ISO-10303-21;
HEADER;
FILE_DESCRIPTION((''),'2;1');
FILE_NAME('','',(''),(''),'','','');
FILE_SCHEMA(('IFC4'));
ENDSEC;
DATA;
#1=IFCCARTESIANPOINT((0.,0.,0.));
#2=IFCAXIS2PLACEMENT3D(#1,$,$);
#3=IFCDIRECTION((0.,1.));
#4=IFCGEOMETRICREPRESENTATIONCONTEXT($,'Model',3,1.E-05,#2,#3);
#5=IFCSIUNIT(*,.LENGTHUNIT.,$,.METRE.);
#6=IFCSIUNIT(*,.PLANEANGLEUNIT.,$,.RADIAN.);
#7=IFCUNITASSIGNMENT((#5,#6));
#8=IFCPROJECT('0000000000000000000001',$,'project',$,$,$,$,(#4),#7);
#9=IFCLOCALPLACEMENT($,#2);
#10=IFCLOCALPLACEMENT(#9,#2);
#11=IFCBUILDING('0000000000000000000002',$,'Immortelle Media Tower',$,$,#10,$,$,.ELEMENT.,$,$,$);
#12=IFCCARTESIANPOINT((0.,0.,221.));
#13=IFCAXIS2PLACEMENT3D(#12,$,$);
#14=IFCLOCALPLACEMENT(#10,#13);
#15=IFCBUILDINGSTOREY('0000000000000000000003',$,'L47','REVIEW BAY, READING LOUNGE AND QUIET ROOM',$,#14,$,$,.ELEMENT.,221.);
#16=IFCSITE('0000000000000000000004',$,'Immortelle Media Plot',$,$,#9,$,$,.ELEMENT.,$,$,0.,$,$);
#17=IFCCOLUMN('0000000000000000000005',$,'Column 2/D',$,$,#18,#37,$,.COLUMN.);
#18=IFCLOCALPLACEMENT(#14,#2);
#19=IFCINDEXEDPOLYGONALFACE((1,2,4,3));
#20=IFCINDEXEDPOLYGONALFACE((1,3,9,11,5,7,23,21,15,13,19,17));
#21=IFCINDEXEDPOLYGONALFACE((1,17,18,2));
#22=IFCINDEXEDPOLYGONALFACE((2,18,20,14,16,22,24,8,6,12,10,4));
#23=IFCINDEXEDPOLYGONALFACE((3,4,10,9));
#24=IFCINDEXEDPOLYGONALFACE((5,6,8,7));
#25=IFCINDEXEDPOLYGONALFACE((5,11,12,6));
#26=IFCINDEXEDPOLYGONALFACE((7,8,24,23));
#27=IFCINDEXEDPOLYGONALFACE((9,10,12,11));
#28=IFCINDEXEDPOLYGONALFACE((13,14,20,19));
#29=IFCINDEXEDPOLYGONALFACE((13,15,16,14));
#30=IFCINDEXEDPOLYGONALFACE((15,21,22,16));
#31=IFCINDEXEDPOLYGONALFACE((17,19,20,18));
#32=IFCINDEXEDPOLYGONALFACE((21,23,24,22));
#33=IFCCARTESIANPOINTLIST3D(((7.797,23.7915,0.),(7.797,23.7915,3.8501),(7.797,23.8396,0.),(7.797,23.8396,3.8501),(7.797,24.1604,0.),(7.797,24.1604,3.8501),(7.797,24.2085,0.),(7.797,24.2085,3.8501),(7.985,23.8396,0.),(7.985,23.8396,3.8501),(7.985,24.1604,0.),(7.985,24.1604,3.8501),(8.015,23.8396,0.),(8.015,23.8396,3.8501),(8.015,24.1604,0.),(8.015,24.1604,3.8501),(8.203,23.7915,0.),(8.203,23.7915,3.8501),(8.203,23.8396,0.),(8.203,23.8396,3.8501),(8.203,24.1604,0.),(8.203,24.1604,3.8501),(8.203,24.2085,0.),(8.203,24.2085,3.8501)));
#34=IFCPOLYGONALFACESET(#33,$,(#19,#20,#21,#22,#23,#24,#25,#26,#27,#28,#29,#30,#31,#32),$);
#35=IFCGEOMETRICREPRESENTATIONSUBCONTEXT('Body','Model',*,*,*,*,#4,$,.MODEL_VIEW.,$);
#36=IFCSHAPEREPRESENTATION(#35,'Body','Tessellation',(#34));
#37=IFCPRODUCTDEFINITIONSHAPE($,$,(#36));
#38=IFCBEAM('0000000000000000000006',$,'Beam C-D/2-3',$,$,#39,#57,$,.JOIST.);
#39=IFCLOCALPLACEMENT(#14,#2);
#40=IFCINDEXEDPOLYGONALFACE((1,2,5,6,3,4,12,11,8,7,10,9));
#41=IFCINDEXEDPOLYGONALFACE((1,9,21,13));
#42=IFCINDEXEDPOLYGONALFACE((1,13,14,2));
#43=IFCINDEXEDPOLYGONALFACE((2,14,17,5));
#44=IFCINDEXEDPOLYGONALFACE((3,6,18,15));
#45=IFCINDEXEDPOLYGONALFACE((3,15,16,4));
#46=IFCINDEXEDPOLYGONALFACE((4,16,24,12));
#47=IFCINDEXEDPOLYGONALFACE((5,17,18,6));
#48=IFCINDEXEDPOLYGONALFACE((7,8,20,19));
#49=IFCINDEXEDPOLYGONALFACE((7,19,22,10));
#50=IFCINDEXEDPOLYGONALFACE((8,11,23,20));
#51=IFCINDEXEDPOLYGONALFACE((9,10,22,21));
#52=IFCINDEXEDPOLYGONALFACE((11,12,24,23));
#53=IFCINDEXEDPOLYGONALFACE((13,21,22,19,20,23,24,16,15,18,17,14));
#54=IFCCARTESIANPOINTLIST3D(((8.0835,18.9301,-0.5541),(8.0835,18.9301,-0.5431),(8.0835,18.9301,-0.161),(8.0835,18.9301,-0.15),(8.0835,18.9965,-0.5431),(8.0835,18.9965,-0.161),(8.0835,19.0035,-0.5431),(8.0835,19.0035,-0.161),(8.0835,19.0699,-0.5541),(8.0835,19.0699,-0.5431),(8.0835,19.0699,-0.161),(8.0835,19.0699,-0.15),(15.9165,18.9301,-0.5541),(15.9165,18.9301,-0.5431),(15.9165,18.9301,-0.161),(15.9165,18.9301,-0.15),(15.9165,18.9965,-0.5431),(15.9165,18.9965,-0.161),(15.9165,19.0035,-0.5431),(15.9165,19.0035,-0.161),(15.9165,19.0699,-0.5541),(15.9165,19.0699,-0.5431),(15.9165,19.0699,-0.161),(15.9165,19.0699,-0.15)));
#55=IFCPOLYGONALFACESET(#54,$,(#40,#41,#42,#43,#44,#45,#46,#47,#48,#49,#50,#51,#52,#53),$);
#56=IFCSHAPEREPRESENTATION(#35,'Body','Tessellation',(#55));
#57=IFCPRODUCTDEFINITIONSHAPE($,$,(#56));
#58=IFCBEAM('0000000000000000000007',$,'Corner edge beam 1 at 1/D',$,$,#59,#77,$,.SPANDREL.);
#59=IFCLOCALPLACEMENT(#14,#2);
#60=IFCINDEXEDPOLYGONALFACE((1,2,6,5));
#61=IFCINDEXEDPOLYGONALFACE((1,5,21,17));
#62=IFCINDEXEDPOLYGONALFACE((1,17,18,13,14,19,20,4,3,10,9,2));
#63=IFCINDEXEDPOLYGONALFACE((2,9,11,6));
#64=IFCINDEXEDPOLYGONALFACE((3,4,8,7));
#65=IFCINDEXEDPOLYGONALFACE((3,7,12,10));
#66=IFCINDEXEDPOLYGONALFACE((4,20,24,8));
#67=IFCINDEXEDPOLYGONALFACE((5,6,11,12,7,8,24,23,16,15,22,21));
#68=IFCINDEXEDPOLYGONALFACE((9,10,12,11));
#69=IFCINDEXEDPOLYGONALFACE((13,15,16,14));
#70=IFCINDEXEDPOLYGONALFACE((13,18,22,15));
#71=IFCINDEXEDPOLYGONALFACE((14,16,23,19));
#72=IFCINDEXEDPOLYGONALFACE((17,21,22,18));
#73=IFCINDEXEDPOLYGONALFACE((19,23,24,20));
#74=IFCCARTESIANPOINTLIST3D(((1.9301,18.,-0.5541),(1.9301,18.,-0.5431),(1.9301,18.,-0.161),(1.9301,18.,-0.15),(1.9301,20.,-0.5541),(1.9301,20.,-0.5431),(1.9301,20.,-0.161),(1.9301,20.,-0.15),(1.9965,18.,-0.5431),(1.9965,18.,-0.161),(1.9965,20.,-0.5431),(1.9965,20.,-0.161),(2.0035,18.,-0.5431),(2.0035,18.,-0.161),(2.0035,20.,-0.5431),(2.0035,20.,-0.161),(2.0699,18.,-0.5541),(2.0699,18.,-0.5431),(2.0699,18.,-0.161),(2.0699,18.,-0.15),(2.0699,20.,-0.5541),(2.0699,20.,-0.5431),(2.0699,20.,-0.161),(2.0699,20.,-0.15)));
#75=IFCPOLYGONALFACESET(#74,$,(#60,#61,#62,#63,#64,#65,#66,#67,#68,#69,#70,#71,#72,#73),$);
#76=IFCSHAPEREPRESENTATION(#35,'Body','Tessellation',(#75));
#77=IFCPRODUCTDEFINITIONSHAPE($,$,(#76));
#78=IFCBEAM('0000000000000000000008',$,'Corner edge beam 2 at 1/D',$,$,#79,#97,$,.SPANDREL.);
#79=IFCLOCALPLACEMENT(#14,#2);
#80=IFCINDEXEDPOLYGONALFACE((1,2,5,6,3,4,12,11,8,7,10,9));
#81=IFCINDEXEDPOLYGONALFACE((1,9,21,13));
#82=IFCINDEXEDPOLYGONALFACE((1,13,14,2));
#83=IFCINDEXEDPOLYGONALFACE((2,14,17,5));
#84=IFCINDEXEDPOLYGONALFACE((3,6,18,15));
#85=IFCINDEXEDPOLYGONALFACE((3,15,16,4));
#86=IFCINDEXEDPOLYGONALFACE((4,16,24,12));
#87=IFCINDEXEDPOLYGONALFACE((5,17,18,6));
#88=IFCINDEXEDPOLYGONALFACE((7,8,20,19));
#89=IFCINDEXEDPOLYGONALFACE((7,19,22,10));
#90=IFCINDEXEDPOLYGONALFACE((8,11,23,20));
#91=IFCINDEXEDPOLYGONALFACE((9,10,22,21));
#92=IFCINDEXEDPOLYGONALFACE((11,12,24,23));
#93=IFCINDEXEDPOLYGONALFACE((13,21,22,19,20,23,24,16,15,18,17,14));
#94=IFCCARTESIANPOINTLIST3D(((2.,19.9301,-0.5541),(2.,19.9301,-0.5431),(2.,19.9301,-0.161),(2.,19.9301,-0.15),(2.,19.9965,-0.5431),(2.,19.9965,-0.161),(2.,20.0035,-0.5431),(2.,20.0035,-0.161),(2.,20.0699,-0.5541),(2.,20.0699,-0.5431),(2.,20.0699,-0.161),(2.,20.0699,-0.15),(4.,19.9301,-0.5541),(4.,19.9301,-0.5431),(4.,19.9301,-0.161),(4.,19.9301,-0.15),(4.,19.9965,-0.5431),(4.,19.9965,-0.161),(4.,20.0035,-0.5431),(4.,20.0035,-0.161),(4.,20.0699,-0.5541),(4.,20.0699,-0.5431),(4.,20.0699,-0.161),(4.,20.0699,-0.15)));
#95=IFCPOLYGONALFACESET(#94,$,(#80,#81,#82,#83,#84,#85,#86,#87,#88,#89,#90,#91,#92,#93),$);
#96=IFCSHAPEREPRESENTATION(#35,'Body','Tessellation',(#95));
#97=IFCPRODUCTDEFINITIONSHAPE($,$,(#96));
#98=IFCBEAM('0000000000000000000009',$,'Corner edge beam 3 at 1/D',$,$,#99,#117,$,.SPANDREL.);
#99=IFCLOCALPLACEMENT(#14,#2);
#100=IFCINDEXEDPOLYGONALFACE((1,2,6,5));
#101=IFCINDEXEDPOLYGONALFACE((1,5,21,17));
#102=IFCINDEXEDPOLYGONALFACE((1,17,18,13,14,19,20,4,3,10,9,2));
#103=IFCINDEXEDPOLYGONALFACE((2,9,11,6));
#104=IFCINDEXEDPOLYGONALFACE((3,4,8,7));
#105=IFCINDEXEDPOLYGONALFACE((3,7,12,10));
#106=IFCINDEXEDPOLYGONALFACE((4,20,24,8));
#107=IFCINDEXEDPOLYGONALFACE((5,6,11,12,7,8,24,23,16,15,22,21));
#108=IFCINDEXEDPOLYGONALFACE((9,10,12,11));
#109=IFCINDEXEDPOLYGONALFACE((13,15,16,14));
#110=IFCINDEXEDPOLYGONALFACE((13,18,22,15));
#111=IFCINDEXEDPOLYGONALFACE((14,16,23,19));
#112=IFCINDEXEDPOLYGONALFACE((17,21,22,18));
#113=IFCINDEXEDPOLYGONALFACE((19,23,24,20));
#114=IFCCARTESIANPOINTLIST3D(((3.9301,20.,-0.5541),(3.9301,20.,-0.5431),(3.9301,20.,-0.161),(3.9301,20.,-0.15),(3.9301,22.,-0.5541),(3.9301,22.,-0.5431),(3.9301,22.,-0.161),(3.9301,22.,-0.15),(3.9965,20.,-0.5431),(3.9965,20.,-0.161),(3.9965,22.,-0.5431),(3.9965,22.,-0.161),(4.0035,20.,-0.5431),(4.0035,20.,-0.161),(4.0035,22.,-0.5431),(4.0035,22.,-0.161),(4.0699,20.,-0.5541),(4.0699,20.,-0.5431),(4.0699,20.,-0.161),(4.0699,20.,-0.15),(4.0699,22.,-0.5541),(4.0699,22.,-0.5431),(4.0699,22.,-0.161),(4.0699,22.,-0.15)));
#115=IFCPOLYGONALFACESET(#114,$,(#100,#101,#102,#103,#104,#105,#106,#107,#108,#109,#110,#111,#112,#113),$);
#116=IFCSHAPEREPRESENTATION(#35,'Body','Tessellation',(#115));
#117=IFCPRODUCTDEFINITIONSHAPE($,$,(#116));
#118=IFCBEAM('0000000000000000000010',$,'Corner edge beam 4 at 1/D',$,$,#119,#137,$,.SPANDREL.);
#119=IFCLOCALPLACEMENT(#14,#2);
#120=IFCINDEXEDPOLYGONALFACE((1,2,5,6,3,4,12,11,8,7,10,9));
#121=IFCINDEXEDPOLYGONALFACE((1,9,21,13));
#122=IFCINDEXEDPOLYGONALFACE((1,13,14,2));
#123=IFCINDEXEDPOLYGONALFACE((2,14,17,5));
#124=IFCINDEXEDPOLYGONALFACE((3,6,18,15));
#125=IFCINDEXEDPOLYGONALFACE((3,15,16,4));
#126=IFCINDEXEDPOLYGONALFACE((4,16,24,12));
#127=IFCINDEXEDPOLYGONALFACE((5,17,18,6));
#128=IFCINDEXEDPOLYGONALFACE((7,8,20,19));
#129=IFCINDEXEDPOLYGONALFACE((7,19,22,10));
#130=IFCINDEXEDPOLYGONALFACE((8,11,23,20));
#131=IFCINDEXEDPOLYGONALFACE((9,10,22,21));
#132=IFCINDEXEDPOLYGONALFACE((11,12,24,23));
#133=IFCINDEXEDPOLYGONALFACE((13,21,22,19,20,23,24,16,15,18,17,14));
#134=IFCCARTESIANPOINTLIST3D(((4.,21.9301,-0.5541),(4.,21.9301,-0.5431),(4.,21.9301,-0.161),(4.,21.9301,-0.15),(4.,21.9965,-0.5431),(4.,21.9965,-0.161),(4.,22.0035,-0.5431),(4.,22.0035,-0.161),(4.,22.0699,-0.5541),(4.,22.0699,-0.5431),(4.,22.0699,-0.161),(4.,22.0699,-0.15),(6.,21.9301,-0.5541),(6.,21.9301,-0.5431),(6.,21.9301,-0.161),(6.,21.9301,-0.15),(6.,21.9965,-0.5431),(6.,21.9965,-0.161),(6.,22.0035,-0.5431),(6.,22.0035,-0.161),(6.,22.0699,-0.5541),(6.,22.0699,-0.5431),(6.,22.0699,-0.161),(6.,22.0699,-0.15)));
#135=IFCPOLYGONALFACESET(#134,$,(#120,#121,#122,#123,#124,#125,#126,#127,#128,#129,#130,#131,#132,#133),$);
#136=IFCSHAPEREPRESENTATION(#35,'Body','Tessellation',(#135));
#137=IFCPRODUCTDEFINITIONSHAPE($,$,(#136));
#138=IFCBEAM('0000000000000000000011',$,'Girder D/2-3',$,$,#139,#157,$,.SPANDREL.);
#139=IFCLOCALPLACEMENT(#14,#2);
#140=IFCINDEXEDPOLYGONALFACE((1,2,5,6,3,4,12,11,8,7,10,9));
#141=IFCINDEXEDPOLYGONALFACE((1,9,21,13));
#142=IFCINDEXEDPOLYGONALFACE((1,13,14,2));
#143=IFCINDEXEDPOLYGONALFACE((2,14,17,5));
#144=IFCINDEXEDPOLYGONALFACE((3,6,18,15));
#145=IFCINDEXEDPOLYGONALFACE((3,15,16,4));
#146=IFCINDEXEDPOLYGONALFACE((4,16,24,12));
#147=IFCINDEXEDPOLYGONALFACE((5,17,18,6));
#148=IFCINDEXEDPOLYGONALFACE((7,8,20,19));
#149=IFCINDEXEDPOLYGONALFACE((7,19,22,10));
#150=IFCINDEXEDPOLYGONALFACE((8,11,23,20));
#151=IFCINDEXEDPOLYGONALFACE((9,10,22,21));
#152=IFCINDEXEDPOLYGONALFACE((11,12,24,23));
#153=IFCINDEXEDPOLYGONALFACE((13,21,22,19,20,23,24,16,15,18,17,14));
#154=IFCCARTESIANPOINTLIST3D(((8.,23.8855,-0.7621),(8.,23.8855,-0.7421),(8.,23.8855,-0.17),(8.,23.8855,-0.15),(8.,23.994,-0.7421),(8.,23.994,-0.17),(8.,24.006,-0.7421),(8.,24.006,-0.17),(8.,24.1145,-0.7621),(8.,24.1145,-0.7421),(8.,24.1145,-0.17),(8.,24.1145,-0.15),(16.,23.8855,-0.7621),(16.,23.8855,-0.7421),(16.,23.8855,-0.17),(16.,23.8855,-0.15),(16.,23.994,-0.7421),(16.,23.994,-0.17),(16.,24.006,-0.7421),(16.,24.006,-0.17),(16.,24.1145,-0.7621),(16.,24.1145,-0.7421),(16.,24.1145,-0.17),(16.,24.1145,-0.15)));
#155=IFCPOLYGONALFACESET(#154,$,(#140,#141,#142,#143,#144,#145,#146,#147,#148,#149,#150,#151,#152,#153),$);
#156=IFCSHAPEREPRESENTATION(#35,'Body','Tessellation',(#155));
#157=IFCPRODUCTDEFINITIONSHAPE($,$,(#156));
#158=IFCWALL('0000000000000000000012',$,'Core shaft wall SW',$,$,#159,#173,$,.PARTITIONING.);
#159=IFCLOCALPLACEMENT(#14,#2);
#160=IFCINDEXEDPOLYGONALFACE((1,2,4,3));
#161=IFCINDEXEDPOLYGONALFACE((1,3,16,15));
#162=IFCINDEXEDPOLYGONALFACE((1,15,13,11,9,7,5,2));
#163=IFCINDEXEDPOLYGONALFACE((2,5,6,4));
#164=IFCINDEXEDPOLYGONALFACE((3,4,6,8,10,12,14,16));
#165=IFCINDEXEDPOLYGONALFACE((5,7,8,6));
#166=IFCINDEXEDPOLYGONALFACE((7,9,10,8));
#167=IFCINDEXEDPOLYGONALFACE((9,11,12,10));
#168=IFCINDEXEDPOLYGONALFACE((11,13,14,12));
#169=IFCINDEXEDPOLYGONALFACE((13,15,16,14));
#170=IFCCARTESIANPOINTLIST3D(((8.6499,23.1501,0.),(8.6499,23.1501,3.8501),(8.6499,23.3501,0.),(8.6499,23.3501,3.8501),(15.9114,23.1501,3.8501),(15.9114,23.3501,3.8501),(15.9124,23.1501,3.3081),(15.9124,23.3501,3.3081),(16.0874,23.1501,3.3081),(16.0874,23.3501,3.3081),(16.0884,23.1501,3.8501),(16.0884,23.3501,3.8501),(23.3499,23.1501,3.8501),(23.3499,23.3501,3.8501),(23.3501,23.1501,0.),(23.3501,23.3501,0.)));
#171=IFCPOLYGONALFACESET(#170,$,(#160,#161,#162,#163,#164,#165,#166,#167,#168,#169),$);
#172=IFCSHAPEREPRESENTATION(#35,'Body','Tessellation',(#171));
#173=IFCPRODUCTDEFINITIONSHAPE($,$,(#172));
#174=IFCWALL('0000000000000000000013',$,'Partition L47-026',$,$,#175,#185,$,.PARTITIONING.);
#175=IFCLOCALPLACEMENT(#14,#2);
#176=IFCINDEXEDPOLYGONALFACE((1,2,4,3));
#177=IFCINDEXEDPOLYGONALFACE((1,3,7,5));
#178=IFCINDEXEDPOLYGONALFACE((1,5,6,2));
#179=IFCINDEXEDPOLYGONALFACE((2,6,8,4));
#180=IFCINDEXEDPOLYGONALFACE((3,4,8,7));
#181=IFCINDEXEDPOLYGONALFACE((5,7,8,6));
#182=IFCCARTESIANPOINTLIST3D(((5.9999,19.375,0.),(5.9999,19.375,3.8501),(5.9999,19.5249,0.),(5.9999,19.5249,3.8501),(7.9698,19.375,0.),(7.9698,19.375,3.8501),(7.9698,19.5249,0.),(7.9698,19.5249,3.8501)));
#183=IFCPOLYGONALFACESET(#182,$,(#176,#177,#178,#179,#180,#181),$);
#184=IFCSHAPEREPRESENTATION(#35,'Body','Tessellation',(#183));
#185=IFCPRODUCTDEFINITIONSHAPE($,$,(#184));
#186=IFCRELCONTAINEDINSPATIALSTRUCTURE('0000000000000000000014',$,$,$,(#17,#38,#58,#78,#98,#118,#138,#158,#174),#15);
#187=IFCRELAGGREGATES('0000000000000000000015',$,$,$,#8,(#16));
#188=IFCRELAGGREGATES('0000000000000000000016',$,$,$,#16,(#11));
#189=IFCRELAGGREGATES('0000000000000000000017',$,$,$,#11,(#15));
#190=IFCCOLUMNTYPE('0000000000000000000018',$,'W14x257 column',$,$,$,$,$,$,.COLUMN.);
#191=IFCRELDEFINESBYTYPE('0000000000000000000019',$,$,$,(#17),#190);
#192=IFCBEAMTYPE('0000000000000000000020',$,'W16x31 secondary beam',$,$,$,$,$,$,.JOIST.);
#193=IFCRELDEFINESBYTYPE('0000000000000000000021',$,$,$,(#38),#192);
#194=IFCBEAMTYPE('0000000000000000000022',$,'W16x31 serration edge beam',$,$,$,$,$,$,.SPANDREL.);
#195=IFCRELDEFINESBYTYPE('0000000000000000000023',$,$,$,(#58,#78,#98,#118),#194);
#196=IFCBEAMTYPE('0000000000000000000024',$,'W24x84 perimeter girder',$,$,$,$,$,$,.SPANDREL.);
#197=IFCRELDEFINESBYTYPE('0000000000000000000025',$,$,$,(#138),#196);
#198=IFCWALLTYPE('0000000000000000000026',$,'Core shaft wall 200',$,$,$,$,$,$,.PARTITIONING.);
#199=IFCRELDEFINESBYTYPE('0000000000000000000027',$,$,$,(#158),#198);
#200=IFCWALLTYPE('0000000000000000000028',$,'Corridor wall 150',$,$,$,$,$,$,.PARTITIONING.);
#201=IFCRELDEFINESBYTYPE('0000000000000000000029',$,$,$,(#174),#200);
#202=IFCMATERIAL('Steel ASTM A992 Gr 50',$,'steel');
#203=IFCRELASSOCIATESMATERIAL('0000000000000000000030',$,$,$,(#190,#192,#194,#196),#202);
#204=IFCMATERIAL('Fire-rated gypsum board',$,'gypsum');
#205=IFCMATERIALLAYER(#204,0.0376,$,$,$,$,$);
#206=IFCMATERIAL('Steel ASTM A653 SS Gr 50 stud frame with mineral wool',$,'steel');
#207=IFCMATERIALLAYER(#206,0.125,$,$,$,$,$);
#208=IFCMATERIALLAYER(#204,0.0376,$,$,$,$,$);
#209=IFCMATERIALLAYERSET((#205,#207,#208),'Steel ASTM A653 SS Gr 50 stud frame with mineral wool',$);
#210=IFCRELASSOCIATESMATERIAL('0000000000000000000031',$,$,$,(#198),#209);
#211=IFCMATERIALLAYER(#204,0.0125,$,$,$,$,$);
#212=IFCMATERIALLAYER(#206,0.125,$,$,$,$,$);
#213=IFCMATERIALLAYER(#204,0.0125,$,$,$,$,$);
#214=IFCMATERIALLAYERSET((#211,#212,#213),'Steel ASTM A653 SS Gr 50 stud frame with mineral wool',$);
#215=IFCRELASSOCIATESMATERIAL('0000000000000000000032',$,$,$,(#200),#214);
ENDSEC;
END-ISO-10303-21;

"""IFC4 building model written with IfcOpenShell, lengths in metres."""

from ifc_helpers import new_model, si_unit, direction, frame, frame_2d, origin, origin_2d, place, context, subcontext, project, spatial, polyline, rectangle, i_section, outline, extrude, material, layer, layer_set, material_profile, profile_set, type_object, element, save


model = new_model("IFC4")

# Units and contexts
model_context = context("Model", 3, precision=1e-05, world=origin(), true_north=direction((0.0, 1.0)))
body_context = subcontext(model_context, "Body", "Model", "MODEL_VIEW")
ifc_project = project(units=[si_unit("LENGTHUNIT", "METRE"), si_unit("PLANEANGLEUNIT", "RADIAN")], contexts=[model_context])

# Site, building, storey
site_placement = place(None, origin())
site = spatial("IfcSite", under=ifc_project, at=site_placement, Name="Immortelle Media Plot", CompositionType="ELEMENT", RefElevation=0.0)
building_placement = place(site_placement, origin())
building = spatial("IfcBuilding", under=site, at=building_placement, Name="Immortelle Media Tower", CompositionType="ELEMENT")
storey_placement = place(building_placement, frame((0.0, 0.0, 221.0)))
storey = spatial("IfcBuildingStorey", under=building, at=storey_placement, Name="L47", Description="REVIEW BAY, READING LOUNGE AND QUIET ROOM", CompositionType="ELEMENT", Elevation=221.0)

# Column
ifc_material_1 = material(Name="Steel ASTM A992 Gr 50", Category="steel")
ifc_material_profile_1 = material_profile(ifc_material_1, i_section(OverallWidth=0.406, OverallDepth=0.417, WebThickness=0.03, FlangeThickness=0.0481, at=origin_2d()), Name="W14x257")
ifc_profile_set_1 = profile_set([ifc_material_profile_1], Name="Steel ASTM A992 Gr 50")
column_type = type_object("IfcColumnType", Name="W14x257 column", PredefinedType="COLUMN", material=ifc_profile_set_1)
column_placement = place(storey_placement, frame((8.0, 24.0, 0.0), z_axis=(0.0, 0.0, 1.0), x_axis=(1.0, 0.0, 0.0)))
element("IfcColumn", 1, at=column_placement, inside=storey, type_object=column_type, Name="Column 2/D", PredefinedType="COLUMN", context=body_context, shape_type="SweptSolid", body=[
    extrude(i_section(OverallWidth=0.406, OverallDepth=0.417, WebThickness=0.03, FlangeThickness=0.0481, at=origin_2d()), origin(), (0.0, 0.0, 1.0), 3.8501),
])

# Beams
ifc_material_profile_2 = material_profile(ifc_material_1, i_section(OverallWidth=0.1399, OverallDepth=0.4041, WebThickness=0.0071, FlangeThickness=0.011, at=origin_2d()), Name="W16x31")
ifc_profile_set_2 = profile_set([ifc_material_profile_2], Name="Steel ASTM A992 Gr 50")
beam_type_1 = type_object("IfcBeamType", Name="W16x31 secondary beam", PredefinedType="JOIST", material=ifc_profile_set_2)
beam_1_placement = place(storey_placement, frame((8.0835, 19.0, -0.3521), z_axis=(1.0, 0.0, 0.0), x_axis=(0.0, 1.0, 0.0)))
element("IfcBeam", 2, at=beam_1_placement, inside=storey, type_object=beam_type_1, Name="Beam C-D/2-3", PredefinedType="JOIST", context=body_context, shape_type="SweptSolid", body=[
    extrude(i_section(OverallWidth=0.1399, OverallDepth=0.4041, WebThickness=0.0071, FlangeThickness=0.011, at=origin_2d()), origin(), (0.0, 0.0, 1.0), 7.833),
])
ifc_material_profile_3 = material_profile(ifc_material_1, i_section(OverallWidth=0.1399, OverallDepth=0.4041, WebThickness=0.0071, FlangeThickness=0.011, at=origin_2d()), Name="W16x31")
ifc_profile_set_3 = profile_set([ifc_material_profile_3], Name="Steel ASTM A992 Gr 50")
beam_type_2 = type_object("IfcBeamType", Name="W16x31 serration edge beam", PredefinedType="SPANDREL", material=ifc_profile_set_3)
for number, where, z_axis, x_axis, name in (
    (3, (2.0, 18.0, -0.3521), (0.0, 1.0, 0.0), (-1.0, 0.0, 0.0), "Corner edge beam 1 at 1/D"),
    (4, (2.0, 20.0, -0.3521), (1.0, 0.0, 0.0), (0.0, 1.0, 0.0), "Corner edge beam 2 at 1/D"),
    (5, (4.0, 20.0, -0.3521), (0.0, 1.0, 0.0), (-1.0, 0.0, 0.0), "Corner edge beam 3 at 1/D"),
    (6, (4.0, 22.0, -0.3521), (1.0, 0.0, 0.0), (0.0, 1.0, 0.0), "Corner edge beam 4 at 1/D"),
):
    element("IfcBeam", number, at=place(storey_placement, frame(where, z_axis=z_axis, x_axis=x_axis)), inside=storey, type_object=beam_type_2, Name=name, PredefinedType="SPANDREL", context=body_context, shape_type="SweptSolid", body=[
        extrude(i_section(OverallWidth=0.1399, OverallDepth=0.4041, WebThickness=0.0071, FlangeThickness=0.011, at=origin_2d()), origin(), (0.0, 0.0, 1.0), 2.0),
    ])
ifc_material_profile_4 = material_profile(ifc_material_1, i_section(OverallWidth=0.229, OverallDepth=0.6121, WebThickness=0.012, FlangeThickness=0.02, at=origin_2d()), Name="W24x84")
ifc_profile_set_4 = profile_set([ifc_material_profile_4], Name="Steel ASTM A992 Gr 50")
beam_type_3 = type_object("IfcBeamType", Name="W24x84 perimeter girder", PredefinedType="SPANDREL", material=ifc_profile_set_4)
beam_2_placement = place(storey_placement, frame((8.0, 24.0, -0.4561), z_axis=(1.0, 0.0, 0.0), x_axis=(0.0, 1.0, 0.0)))
element("IfcBeam", 7, at=beam_2_placement, inside=storey, type_object=beam_type_3, Name="Girder D/2-3", PredefinedType="SPANDREL", context=body_context, shape_type="SweptSolid", body=[
    extrude(i_section(OverallWidth=0.229, OverallDepth=0.6121, WebThickness=0.012, FlangeThickness=0.02, at=origin_2d()), origin(), (0.0, 0.0, 1.0), 8.0),
])

# Walls
ifc_material_2 = material(Name="Fire-rated gypsum board", Category="gypsum")
ifc_layer_1 = layer(ifc_material_2, 0.0376)
ifc_material_3 = material(Name="Steel ASTM A653 SS Gr 50 stud frame with mineral wool", Category="steel")
ifc_layer_2 = layer(ifc_material_3, 0.125)
ifc_layer_3 = layer(ifc_material_2, 0.0376)
ifc_layer_set_1 = layer_set([ifc_layer_1, ifc_layer_2, ifc_layer_3], Name="Steel ASTM A653 SS Gr 50 stud frame with mineral wool")
wall_type_1 = type_object("IfcWallType", Name="Core shaft wall 200", PredefinedType="PARTITIONING", material=ifc_layer_set_1)
wall_1_placement = place(storey_placement, frame((8.6499, 23.25, 0.0), z_axis=(0.0, 0.0, 1.0), x_axis=(1.0, 0.0, 0.0)))
element("IfcWall", 8, at=wall_1_placement, inside=storey, type_object=wall_type_1, Name="Core shaft wall SW", PredefinedType="PARTITIONING", context=body_context, shape_type="SweptSolid", body=[
    extrude(outline(polyline([(0.0, 0.0), (14.7002, 0.0), (14.7, 3.8501), (7.4385, 3.8501), (7.4375, 3.3081), (7.2625, 3.3081), (7.2615, 3.8501), (0.0, 3.8501), (0.0, 0.0)])), frame((0.0, 0.1001, 0.0), z_axis=(0.0, -1.0, 0.0), x_axis=(1.0, 0.0, 0.0)), (0.0, 0.0, 1.0), 0.2),
])
ifc_layer_4 = layer(ifc_material_2, 0.0125)
ifc_layer_5 = layer(ifc_material_3, 0.125)
ifc_layer_6 = layer(ifc_material_2, 0.0125)
ifc_layer_set_2 = layer_set([ifc_layer_4, ifc_layer_5, ifc_layer_6], Name="Steel ASTM A653 SS Gr 50 stud frame with mineral wool")
wall_type_2 = type_object("IfcWallType", Name="Corridor wall 150", PredefinedType="PARTITIONING", material=ifc_layer_set_2)
wall_2_placement = place(storey_placement, frame((6.0, 19.45, 0.0), z_axis=(0.0, 0.0, 1.0), x_axis=(1.0, 0.0, 0.0)))
element("IfcWall", 9, at=wall_2_placement, inside=storey, type_object=wall_type_2, Name="Partition L47-026", PredefinedType="PARTITIONING", context=body_context, shape_type="SweptSolid", body=[
    extrude(rectangle(XDim=1.97, YDim=0.1499, at=frame_2d((0.9849, 0.0))), origin(), (0.0, 0.0, 1.0), 3.8501),
])

save(model, "model.ifc")
